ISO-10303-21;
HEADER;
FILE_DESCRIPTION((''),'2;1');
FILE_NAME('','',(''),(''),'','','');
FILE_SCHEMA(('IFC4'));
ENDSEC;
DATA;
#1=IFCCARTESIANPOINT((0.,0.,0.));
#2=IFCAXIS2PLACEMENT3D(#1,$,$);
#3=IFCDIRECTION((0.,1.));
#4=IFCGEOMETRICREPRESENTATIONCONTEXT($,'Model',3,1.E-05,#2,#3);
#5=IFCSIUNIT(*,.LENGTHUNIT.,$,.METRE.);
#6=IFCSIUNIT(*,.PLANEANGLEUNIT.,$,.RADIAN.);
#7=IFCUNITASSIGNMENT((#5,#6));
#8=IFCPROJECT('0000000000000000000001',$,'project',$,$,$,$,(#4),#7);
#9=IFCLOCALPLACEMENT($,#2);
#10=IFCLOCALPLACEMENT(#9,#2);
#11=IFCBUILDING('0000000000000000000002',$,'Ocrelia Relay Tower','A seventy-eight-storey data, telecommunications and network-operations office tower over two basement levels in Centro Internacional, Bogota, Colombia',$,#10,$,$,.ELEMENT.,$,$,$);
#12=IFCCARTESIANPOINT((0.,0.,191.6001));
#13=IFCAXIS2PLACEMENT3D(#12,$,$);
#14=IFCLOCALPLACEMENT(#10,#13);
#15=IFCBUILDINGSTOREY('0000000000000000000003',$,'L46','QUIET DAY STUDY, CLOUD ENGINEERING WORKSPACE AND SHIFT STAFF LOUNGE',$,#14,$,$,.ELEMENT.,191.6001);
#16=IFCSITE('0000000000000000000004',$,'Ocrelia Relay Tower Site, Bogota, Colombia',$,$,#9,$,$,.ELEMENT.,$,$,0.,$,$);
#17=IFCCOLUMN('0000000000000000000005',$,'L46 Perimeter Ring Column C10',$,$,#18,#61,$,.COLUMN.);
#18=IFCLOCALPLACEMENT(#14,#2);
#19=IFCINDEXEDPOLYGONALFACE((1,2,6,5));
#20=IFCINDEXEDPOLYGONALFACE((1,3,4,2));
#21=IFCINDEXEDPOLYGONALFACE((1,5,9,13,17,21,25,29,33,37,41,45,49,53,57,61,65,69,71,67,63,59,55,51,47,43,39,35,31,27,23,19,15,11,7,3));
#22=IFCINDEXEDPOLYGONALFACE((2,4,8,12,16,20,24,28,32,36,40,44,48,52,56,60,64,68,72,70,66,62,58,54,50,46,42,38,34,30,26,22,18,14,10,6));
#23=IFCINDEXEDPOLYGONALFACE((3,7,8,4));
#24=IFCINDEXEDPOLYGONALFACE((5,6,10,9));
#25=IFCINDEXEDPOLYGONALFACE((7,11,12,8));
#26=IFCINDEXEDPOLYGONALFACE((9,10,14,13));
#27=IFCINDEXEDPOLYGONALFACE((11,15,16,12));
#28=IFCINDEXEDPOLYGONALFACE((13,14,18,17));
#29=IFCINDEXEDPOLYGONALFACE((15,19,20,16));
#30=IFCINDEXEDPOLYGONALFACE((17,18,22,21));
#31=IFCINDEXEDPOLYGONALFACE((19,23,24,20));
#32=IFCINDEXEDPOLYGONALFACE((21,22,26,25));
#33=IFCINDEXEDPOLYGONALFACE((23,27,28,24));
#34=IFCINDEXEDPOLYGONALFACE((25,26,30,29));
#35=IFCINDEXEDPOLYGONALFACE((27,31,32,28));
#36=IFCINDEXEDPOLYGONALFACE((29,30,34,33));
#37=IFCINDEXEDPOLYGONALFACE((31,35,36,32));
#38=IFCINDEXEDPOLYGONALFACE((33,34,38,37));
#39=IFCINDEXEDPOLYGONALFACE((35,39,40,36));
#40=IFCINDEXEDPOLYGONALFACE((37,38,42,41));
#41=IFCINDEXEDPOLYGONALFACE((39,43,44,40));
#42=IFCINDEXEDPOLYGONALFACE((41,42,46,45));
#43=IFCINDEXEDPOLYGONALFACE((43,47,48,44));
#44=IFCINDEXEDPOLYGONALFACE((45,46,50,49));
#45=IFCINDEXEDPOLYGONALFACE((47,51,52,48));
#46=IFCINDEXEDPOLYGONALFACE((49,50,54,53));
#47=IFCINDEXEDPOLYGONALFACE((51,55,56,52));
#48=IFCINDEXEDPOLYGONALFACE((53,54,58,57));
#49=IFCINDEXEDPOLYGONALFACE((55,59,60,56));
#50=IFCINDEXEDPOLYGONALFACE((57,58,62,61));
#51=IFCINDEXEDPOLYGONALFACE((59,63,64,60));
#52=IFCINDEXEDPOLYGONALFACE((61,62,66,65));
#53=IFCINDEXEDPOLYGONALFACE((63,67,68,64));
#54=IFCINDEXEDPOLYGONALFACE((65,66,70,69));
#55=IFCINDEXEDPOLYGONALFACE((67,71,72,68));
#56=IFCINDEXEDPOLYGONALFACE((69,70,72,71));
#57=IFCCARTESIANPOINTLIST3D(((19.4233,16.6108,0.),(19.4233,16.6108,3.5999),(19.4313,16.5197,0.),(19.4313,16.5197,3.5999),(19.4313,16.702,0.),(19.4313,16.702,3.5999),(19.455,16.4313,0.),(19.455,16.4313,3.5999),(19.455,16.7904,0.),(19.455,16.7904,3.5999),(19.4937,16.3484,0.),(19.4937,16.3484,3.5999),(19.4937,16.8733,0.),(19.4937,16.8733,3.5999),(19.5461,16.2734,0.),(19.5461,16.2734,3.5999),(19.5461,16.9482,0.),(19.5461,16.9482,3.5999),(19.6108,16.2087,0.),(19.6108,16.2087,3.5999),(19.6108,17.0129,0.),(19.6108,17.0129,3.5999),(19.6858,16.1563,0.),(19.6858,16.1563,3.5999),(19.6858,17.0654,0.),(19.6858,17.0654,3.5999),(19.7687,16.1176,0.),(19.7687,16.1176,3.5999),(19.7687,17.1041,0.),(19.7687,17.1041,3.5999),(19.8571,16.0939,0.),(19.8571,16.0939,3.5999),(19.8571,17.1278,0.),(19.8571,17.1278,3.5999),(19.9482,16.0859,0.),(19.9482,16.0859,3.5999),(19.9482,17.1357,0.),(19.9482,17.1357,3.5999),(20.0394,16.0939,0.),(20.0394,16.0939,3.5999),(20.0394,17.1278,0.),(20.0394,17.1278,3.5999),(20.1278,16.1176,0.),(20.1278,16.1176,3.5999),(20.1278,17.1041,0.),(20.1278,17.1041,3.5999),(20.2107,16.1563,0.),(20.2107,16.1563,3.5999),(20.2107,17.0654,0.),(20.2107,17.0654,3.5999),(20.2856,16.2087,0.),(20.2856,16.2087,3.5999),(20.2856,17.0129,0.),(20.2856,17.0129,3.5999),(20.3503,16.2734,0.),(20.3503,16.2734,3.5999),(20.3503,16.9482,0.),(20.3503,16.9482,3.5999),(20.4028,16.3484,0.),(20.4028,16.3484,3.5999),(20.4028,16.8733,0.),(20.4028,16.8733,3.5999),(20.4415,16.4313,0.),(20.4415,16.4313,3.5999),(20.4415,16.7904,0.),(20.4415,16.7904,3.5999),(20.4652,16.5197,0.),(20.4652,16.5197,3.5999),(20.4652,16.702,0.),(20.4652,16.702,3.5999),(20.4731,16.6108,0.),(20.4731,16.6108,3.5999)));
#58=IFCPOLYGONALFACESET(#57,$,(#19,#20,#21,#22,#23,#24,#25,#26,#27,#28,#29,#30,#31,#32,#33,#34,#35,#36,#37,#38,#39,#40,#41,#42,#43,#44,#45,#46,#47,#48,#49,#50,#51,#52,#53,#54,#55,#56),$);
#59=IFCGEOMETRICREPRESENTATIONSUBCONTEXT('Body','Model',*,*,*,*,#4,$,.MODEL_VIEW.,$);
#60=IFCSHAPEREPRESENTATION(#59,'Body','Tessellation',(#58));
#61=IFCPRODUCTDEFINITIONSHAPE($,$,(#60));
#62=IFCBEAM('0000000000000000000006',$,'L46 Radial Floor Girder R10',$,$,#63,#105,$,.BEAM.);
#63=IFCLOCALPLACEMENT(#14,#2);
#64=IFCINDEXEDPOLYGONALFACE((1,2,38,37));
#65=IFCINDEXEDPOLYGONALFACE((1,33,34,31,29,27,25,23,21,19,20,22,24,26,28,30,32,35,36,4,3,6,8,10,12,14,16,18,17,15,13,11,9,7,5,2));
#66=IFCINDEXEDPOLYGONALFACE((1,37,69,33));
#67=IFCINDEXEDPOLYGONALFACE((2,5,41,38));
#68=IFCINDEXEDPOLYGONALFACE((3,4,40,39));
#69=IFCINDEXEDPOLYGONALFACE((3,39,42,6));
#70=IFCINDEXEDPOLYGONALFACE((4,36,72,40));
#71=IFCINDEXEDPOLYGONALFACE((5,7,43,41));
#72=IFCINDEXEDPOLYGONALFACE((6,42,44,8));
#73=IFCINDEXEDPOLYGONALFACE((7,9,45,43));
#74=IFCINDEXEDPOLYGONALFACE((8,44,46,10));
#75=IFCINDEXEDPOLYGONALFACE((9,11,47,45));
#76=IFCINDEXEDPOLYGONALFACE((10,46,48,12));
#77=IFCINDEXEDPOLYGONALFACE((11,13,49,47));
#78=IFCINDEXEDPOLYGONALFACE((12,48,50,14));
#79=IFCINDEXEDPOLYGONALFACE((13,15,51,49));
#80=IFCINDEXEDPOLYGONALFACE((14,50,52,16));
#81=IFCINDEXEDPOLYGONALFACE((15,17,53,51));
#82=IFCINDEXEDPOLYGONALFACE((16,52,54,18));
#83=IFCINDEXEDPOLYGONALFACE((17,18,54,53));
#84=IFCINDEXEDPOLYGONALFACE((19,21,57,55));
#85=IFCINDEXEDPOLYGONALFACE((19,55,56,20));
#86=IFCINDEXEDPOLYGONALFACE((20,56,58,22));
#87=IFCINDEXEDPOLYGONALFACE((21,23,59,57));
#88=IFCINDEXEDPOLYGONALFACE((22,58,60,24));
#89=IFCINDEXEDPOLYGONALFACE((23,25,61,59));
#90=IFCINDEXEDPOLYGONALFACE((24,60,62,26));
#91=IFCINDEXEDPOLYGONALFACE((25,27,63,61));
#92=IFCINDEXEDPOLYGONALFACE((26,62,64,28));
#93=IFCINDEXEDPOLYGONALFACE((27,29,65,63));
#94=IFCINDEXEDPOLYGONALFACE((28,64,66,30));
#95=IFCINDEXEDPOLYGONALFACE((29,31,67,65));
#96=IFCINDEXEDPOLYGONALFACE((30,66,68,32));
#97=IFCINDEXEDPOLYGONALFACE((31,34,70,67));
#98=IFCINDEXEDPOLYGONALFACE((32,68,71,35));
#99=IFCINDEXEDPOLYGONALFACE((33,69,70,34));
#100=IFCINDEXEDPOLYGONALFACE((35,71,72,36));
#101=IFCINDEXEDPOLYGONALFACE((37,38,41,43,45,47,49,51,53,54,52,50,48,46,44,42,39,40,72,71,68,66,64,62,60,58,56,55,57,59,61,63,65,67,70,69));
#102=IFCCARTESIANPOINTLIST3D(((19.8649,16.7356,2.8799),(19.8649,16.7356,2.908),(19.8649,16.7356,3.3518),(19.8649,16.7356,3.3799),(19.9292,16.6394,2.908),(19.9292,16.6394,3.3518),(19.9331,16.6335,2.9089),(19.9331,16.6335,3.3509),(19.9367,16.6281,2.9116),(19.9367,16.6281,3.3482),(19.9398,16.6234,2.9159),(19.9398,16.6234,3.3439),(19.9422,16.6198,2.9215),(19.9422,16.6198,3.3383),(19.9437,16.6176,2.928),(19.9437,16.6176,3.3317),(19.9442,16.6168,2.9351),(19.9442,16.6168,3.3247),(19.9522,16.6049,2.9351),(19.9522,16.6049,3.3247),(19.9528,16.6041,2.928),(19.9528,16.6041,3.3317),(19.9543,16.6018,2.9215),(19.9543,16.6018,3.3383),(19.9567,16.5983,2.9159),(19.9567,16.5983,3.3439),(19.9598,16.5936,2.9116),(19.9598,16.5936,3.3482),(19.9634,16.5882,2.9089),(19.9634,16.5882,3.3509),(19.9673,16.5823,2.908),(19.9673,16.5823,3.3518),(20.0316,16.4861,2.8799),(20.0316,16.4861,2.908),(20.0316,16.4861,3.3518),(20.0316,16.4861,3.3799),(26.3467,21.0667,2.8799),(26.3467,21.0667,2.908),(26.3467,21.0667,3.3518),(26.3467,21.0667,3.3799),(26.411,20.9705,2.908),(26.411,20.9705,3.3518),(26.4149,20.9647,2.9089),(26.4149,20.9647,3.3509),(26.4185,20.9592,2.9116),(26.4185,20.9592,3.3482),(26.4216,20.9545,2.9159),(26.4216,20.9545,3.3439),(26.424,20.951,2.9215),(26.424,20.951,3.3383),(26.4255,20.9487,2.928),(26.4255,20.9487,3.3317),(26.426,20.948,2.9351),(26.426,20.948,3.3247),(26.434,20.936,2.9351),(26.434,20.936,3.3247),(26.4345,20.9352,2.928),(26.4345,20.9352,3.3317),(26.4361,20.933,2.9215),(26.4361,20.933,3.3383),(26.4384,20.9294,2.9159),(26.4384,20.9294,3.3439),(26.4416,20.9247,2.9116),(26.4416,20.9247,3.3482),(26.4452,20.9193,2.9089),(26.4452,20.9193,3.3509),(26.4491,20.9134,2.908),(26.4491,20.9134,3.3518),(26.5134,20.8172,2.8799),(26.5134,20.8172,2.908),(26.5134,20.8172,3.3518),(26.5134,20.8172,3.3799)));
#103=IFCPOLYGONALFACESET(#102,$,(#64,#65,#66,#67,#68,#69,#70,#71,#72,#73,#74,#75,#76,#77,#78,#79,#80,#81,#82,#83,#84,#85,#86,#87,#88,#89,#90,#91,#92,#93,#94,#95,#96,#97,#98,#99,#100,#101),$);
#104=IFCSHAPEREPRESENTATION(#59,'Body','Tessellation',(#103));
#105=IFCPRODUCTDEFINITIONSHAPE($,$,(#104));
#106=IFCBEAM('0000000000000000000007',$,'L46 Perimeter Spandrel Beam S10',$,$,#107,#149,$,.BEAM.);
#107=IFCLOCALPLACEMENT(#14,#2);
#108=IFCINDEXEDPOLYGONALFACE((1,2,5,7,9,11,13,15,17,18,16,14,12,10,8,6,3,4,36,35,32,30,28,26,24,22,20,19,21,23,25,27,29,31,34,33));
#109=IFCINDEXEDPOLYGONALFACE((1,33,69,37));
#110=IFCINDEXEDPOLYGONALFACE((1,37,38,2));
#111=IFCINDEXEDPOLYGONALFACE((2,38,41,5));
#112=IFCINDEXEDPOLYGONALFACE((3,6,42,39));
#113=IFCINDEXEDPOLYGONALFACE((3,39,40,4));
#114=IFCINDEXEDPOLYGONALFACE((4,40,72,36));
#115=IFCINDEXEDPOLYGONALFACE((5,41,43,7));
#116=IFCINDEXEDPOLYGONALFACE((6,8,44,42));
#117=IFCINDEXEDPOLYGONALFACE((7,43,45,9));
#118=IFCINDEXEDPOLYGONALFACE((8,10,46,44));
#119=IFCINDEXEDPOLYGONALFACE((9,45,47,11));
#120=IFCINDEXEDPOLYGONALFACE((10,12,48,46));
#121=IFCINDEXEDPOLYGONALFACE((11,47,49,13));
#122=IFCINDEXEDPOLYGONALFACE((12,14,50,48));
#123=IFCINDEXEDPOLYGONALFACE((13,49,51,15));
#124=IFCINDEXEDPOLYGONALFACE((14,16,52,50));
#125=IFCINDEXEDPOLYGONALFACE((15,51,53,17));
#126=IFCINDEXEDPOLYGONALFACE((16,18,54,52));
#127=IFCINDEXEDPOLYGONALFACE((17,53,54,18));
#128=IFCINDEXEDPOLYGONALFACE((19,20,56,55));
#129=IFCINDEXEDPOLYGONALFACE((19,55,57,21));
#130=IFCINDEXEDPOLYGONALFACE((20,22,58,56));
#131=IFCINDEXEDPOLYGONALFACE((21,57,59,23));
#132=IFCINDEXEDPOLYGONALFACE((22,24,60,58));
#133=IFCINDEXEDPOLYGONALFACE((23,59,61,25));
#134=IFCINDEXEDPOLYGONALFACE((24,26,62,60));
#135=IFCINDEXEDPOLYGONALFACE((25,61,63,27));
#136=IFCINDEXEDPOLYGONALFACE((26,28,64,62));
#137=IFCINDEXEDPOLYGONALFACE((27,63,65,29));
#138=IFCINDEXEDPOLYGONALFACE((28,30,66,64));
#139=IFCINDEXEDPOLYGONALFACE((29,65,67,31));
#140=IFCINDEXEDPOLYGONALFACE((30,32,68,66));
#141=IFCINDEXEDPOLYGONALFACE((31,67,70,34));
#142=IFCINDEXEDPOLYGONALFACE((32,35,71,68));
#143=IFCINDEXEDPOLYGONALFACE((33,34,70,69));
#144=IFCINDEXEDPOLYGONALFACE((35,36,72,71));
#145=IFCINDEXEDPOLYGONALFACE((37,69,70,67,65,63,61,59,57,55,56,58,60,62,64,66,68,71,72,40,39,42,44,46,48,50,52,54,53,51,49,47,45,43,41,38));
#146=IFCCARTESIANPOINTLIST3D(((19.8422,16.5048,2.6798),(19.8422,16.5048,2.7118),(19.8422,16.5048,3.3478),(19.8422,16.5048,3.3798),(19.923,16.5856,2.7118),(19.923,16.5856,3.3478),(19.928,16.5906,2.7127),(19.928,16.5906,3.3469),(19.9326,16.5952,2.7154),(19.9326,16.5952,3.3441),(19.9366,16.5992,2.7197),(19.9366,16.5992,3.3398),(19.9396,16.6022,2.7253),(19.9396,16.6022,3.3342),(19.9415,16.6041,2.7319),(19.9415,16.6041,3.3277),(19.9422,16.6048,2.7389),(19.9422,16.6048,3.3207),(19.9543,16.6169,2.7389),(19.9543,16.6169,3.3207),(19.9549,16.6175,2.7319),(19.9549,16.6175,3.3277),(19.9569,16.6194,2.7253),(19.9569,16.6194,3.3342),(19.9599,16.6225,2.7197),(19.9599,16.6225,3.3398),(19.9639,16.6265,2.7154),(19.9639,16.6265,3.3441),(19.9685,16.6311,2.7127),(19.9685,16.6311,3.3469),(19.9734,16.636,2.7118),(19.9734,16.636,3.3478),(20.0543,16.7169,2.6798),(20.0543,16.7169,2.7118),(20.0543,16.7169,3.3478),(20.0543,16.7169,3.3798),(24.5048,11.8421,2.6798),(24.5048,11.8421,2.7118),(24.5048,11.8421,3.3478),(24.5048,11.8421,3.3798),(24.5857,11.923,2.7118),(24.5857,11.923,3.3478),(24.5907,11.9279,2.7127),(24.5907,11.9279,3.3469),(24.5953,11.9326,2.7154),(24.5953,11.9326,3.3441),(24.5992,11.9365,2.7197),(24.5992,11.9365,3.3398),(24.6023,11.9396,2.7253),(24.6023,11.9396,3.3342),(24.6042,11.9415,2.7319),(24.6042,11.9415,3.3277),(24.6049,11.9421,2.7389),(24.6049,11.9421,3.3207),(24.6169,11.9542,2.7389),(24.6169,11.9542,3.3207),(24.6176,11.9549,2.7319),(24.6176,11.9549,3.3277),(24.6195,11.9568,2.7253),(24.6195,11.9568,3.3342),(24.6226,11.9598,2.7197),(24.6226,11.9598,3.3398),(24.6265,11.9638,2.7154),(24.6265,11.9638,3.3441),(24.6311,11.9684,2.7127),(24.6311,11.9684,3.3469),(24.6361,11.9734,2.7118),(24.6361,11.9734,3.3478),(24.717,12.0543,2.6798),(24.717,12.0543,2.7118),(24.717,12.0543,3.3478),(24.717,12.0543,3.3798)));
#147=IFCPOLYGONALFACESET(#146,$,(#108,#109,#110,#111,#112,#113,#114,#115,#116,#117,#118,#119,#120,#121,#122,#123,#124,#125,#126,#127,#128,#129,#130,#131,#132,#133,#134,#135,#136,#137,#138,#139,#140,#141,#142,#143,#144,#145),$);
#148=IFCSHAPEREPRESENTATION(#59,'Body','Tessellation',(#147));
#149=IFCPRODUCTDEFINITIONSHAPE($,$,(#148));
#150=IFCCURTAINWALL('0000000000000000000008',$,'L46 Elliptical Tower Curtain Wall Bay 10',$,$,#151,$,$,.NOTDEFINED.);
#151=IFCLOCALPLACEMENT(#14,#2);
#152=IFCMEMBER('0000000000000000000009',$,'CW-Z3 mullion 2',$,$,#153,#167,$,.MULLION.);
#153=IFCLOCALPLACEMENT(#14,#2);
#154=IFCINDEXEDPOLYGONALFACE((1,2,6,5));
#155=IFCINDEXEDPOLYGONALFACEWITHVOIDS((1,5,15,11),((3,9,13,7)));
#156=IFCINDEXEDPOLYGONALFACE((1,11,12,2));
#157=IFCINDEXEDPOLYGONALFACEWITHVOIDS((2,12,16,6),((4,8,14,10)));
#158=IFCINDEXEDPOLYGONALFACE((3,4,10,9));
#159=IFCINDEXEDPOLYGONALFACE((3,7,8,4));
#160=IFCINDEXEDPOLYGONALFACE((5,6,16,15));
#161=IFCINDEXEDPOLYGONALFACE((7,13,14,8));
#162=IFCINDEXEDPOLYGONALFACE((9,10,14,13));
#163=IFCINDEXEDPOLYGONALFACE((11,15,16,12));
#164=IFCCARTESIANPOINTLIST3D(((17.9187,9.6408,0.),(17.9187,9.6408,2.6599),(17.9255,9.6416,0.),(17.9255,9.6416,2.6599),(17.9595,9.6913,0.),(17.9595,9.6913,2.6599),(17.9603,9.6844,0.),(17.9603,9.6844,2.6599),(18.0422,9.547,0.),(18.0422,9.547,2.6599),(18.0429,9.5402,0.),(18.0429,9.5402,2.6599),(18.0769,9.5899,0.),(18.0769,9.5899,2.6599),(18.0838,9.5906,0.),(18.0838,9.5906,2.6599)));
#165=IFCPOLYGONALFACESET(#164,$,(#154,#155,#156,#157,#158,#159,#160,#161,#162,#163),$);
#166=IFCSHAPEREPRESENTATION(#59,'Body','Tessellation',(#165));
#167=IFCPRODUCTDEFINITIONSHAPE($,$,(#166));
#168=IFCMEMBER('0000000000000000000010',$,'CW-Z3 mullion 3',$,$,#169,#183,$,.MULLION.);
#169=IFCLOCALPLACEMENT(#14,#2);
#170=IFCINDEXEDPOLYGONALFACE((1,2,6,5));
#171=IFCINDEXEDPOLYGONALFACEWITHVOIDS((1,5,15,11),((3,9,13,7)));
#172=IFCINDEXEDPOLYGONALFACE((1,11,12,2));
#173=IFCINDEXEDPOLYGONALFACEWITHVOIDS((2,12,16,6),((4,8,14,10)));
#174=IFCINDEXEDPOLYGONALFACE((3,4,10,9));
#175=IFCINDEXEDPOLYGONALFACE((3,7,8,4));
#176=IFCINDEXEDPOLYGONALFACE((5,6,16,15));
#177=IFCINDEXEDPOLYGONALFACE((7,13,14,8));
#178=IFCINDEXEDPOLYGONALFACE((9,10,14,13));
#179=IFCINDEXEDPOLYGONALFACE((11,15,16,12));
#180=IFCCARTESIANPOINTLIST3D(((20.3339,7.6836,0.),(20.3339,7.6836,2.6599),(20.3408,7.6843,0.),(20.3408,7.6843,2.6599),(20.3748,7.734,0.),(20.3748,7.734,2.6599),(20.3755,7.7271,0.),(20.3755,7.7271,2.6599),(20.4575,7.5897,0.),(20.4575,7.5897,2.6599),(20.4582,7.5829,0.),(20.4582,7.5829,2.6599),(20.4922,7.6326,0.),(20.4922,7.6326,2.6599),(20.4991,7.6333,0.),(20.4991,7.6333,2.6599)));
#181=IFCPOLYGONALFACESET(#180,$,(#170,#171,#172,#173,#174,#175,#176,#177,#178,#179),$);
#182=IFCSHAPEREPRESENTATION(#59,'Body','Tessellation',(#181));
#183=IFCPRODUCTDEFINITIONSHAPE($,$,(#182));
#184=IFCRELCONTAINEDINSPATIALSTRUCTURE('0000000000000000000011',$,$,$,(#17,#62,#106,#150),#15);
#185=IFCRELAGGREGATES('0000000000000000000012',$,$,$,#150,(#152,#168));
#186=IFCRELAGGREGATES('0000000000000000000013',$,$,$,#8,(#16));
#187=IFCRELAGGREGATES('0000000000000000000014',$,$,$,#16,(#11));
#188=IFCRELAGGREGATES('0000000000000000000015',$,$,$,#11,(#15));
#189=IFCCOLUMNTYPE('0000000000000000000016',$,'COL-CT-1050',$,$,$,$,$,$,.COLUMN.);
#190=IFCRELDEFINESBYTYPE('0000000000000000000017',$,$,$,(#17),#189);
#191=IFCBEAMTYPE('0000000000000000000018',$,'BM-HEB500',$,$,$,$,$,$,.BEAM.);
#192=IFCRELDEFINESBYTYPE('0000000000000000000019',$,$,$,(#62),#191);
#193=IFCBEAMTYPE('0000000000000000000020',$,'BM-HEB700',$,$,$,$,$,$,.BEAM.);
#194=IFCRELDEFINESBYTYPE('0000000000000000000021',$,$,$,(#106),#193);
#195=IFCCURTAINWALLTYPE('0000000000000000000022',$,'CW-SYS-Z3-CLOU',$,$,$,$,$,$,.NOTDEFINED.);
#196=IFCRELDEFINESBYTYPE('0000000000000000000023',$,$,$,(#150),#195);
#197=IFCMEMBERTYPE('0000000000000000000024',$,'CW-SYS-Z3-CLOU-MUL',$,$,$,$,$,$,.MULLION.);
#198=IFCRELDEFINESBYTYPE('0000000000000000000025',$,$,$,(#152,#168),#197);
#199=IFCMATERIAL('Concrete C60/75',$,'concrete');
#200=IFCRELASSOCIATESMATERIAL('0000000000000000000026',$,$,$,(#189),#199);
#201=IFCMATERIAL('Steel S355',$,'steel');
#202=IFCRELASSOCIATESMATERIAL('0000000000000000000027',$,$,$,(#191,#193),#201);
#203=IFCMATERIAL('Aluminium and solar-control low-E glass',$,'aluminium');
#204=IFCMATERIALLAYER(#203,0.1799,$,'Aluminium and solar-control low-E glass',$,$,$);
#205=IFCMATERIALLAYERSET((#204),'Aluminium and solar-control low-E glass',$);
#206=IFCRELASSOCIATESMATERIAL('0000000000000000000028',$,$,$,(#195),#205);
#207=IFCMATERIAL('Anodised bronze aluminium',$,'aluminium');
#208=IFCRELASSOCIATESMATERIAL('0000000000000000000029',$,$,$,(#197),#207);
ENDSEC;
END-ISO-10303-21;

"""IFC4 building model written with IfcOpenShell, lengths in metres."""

from ifc_helpers import new_model, si_unit, direction, frame, origin, origin_2d, place, context, subcontext, project, spatial, hollow_rectangle, circle, i_section, extrude, material, layer, layer_set, material_profile, profile_set, type_object, element, aggregate, save


model = new_model("IFC4")

# Units and contexts
model_context = context("Model", 3, precision=1e-05, world=origin(), true_north=direction((0.0, 1.0)))
body_context = subcontext(model_context, "Body", "Model", "MODEL_VIEW")
ifc_project = project(units=[si_unit("LENGTHUNIT", "METRE"), si_unit("PLANEANGLEUNIT", "RADIAN")], contexts=[model_context])

# Site, building, storey
site_placement = place(None, origin())
site = spatial("IfcSite", under=ifc_project, at=site_placement, Name="Ocrelia Relay Tower Site, Bogota, Colombia", CompositionType="ELEMENT", RefElevation=0.0)
building_placement = place(site_placement, origin())
building = spatial("IfcBuilding", under=site, at=building_placement, Name="Ocrelia Relay Tower", Description="A seventy-eight-storey data, telecommunications and network-operations office tower over two basement levels in Centro Internacional, Bogota, Colombia", CompositionType="ELEMENT")
storey_placement = place(building_placement, frame((0.0, 0.0, 191.6001)))
storey = spatial("IfcBuildingStorey", under=building, at=storey_placement, Name="L46", Description="QUIET DAY STUDY, CLOUD ENGINEERING WORKSPACE AND SHIFT STAFF LOUNGE", CompositionType="ELEMENT", Elevation=191.6001)

# Column
ifc_material_1 = material(Name="Concrete C60/75", Category="concrete")
ifc_material_profile_1 = material_profile(ifc_material_1, circle(Radius=0.5249, at=origin_2d()), Name="RC-CIR-1050")
ifc_profile_set_1 = profile_set([ifc_material_profile_1], Name="Concrete C60/75")
column_type = type_object("IfcColumnType", Name="COL-CT-1050", PredefinedType="COLUMN", material=ifc_profile_set_1)
column_placement = place(storey_placement, frame((19.9482, 16.6108, 0.0), z_axis=(0.0, 0.0, 1.0), x_axis=(1.0, 0.0, 0.0)))
element("IfcColumn", 1, at=column_placement, inside=storey, type_object=column_type, Name="L46 Perimeter Ring Column C10", PredefinedType="COLUMN", context=body_context, shape_type="SweptSolid", body=[
    extrude(circle(Radius=0.5249, at=origin_2d()), origin(), (0.0, 0.0, 1.0), 3.5999),
])

# Beams
ifc_material_2 = material(Name="Steel S355", Category="steel")
ifc_material_profile_2 = material_profile(ifc_material_2, i_section(OverallWidth=0.3, OverallDepth=0.5, WebThickness=0.0144, FlangeThickness=0.0281, FilletRadius=0.0271, at=origin_2d()), Name="HEB 500")
ifc_profile_set_2 = profile_set([ifc_material_profile_2], Name="Steel S355")
beam_type_1 = type_object("IfcBeamType", Name="BM-HEB500", PredefinedType="BEAM", material=ifc_profile_set_2)
beam_1_placement = place(storey_placement, frame((19.9482, 16.6108, 3.1299), z_axis=(0.831462, 0.555582, 0.0), x_axis=(-0.555582, 0.831462, 0.0)))
element("IfcBeam", 2, at=beam_1_placement, inside=storey, type_object=beam_type_1, Name="L46 Radial Floor Girder R10", PredefinedType="BEAM", context=body_context, shape_type="SweptSolid", body=[
    extrude(i_section(OverallWidth=0.3, OverallDepth=0.5, WebThickness=0.0144, FlangeThickness=0.0281, FilletRadius=0.0271, at=origin_2d()), origin(), (0.0, 0.0, 1.0), 7.7957),
])
ifc_material_profile_3 = material_profile(ifc_material_2, i_section(OverallWidth=0.3, OverallDepth=0.7, WebThickness=0.0171, FlangeThickness=0.032, FilletRadius=0.0271, at=origin_2d()), Name="HEB 700")
ifc_profile_set_3 = profile_set([ifc_material_profile_3], Name="Steel S355")
beam_type_2 = type_object("IfcBeamType", Name="BM-HEB700", PredefinedType="BEAM", material=ifc_profile_set_3)
beam_2_placement = place(storey_placement, frame((19.9482, 16.6108, 3.0298), z_axis=(0.707107, -0.707107, 0.0), x_axis=(0.707107, 0.707107, 0.0)))
element("IfcBeam", 3, at=beam_2_placement, inside=storey, type_object=beam_type_2, Name="L46 Perimeter Spandrel Beam S10", PredefinedType="BEAM", context=body_context, shape_type="SweptSolid", body=[
    extrude(i_section(OverallWidth=0.3, OverallDepth=0.7, WebThickness=0.0171, FlangeThickness=0.032, FilletRadius=0.0271, at=origin_2d()), origin(), (0.0, 0.0, 1.0), 6.594),
])

# Curtain wall, members
ifc_material_3 = material(Name="Aluminium and solar-control low-E glass", Category="aluminium")
ifc_layer_1 = layer(ifc_material_3, 0.1799, Name="Aluminium and solar-control low-E glass")
ifc_layer_set_1 = layer_set([ifc_layer_1], Name="Aluminium and solar-control low-E glass")
curtain_wall_type = type_object("IfcCurtainWallType", Name="CW-SYS-Z3-CLOU", PredefinedType="NOTDEFINED", material=ifc_layer_set_1)
curtain_wall_placement = place(storey_placement, origin())
curtain_wall = element("IfcCurtainWall", 4, at=curtain_wall_placement, inside=storey, type_object=curtain_wall_type, Name="L46 Elliptical Tower Curtain Wall Bay 10", PredefinedType="NOTDEFINED")
ifc_material_4 = material(Name="Anodised bronze aluminium", Category="aluminium")
ifc_material_profile_4 = material_profile(ifc_material_4, hollow_rectangle(XDim=0.0649, YDim=0.1599, WallThickness=0.0049, at=origin_2d()), Name="CW-MUL-160x65")
ifc_profile_set_4 = profile_set([ifc_material_profile_4], Name="Anodised bronze aluminium")
member_type_1 = type_object("IfcMemberType", Name="CW-SYS-Z3-CLOU-MUL", PredefinedType="MULLION", material=ifc_profile_set_4)
member_1_placement = place(storey_placement, frame((18.0012, 9.6157, 0.0), z_axis=(0.0, 0.0, 1.0), x_axis=(0.62958, 0.776936, 0.0)))
member_1 = element("IfcMember", 5, at=member_1_placement, type_object=member_type_1, Name="CW-Z3 mullion 2", PredefinedType="MULLION", context=body_context, shape_type="SweptSolid", body=[
    extrude(hollow_rectangle(XDim=0.0649, YDim=0.1599, WallThickness=0.0049, at=origin_2d()), origin(), (0.0, 0.0, 1.0), 2.6599),
])
member_2_placement = place(storey_placement, frame((20.4165, 7.6584, 0.0), z_axis=(0.0, 0.0, 1.0), x_axis=(0.62958, 0.776936, 0.0)))
member_2 = element("IfcMember", 6, at=member_2_placement, type_object=member_type_1, Name="CW-Z3 mullion 3", PredefinedType="MULLION", context=body_context, shape_type="SweptSolid", body=[
    extrude(hollow_rectangle(XDim=0.0649, YDim=0.1599, WallThickness=0.0049, at=origin_2d()), origin(), (0.0, 0.0, 1.0), 2.6599),
])
aggregate(curtain_wall, [member_1, member_2])

save(model, "model.ifc")
